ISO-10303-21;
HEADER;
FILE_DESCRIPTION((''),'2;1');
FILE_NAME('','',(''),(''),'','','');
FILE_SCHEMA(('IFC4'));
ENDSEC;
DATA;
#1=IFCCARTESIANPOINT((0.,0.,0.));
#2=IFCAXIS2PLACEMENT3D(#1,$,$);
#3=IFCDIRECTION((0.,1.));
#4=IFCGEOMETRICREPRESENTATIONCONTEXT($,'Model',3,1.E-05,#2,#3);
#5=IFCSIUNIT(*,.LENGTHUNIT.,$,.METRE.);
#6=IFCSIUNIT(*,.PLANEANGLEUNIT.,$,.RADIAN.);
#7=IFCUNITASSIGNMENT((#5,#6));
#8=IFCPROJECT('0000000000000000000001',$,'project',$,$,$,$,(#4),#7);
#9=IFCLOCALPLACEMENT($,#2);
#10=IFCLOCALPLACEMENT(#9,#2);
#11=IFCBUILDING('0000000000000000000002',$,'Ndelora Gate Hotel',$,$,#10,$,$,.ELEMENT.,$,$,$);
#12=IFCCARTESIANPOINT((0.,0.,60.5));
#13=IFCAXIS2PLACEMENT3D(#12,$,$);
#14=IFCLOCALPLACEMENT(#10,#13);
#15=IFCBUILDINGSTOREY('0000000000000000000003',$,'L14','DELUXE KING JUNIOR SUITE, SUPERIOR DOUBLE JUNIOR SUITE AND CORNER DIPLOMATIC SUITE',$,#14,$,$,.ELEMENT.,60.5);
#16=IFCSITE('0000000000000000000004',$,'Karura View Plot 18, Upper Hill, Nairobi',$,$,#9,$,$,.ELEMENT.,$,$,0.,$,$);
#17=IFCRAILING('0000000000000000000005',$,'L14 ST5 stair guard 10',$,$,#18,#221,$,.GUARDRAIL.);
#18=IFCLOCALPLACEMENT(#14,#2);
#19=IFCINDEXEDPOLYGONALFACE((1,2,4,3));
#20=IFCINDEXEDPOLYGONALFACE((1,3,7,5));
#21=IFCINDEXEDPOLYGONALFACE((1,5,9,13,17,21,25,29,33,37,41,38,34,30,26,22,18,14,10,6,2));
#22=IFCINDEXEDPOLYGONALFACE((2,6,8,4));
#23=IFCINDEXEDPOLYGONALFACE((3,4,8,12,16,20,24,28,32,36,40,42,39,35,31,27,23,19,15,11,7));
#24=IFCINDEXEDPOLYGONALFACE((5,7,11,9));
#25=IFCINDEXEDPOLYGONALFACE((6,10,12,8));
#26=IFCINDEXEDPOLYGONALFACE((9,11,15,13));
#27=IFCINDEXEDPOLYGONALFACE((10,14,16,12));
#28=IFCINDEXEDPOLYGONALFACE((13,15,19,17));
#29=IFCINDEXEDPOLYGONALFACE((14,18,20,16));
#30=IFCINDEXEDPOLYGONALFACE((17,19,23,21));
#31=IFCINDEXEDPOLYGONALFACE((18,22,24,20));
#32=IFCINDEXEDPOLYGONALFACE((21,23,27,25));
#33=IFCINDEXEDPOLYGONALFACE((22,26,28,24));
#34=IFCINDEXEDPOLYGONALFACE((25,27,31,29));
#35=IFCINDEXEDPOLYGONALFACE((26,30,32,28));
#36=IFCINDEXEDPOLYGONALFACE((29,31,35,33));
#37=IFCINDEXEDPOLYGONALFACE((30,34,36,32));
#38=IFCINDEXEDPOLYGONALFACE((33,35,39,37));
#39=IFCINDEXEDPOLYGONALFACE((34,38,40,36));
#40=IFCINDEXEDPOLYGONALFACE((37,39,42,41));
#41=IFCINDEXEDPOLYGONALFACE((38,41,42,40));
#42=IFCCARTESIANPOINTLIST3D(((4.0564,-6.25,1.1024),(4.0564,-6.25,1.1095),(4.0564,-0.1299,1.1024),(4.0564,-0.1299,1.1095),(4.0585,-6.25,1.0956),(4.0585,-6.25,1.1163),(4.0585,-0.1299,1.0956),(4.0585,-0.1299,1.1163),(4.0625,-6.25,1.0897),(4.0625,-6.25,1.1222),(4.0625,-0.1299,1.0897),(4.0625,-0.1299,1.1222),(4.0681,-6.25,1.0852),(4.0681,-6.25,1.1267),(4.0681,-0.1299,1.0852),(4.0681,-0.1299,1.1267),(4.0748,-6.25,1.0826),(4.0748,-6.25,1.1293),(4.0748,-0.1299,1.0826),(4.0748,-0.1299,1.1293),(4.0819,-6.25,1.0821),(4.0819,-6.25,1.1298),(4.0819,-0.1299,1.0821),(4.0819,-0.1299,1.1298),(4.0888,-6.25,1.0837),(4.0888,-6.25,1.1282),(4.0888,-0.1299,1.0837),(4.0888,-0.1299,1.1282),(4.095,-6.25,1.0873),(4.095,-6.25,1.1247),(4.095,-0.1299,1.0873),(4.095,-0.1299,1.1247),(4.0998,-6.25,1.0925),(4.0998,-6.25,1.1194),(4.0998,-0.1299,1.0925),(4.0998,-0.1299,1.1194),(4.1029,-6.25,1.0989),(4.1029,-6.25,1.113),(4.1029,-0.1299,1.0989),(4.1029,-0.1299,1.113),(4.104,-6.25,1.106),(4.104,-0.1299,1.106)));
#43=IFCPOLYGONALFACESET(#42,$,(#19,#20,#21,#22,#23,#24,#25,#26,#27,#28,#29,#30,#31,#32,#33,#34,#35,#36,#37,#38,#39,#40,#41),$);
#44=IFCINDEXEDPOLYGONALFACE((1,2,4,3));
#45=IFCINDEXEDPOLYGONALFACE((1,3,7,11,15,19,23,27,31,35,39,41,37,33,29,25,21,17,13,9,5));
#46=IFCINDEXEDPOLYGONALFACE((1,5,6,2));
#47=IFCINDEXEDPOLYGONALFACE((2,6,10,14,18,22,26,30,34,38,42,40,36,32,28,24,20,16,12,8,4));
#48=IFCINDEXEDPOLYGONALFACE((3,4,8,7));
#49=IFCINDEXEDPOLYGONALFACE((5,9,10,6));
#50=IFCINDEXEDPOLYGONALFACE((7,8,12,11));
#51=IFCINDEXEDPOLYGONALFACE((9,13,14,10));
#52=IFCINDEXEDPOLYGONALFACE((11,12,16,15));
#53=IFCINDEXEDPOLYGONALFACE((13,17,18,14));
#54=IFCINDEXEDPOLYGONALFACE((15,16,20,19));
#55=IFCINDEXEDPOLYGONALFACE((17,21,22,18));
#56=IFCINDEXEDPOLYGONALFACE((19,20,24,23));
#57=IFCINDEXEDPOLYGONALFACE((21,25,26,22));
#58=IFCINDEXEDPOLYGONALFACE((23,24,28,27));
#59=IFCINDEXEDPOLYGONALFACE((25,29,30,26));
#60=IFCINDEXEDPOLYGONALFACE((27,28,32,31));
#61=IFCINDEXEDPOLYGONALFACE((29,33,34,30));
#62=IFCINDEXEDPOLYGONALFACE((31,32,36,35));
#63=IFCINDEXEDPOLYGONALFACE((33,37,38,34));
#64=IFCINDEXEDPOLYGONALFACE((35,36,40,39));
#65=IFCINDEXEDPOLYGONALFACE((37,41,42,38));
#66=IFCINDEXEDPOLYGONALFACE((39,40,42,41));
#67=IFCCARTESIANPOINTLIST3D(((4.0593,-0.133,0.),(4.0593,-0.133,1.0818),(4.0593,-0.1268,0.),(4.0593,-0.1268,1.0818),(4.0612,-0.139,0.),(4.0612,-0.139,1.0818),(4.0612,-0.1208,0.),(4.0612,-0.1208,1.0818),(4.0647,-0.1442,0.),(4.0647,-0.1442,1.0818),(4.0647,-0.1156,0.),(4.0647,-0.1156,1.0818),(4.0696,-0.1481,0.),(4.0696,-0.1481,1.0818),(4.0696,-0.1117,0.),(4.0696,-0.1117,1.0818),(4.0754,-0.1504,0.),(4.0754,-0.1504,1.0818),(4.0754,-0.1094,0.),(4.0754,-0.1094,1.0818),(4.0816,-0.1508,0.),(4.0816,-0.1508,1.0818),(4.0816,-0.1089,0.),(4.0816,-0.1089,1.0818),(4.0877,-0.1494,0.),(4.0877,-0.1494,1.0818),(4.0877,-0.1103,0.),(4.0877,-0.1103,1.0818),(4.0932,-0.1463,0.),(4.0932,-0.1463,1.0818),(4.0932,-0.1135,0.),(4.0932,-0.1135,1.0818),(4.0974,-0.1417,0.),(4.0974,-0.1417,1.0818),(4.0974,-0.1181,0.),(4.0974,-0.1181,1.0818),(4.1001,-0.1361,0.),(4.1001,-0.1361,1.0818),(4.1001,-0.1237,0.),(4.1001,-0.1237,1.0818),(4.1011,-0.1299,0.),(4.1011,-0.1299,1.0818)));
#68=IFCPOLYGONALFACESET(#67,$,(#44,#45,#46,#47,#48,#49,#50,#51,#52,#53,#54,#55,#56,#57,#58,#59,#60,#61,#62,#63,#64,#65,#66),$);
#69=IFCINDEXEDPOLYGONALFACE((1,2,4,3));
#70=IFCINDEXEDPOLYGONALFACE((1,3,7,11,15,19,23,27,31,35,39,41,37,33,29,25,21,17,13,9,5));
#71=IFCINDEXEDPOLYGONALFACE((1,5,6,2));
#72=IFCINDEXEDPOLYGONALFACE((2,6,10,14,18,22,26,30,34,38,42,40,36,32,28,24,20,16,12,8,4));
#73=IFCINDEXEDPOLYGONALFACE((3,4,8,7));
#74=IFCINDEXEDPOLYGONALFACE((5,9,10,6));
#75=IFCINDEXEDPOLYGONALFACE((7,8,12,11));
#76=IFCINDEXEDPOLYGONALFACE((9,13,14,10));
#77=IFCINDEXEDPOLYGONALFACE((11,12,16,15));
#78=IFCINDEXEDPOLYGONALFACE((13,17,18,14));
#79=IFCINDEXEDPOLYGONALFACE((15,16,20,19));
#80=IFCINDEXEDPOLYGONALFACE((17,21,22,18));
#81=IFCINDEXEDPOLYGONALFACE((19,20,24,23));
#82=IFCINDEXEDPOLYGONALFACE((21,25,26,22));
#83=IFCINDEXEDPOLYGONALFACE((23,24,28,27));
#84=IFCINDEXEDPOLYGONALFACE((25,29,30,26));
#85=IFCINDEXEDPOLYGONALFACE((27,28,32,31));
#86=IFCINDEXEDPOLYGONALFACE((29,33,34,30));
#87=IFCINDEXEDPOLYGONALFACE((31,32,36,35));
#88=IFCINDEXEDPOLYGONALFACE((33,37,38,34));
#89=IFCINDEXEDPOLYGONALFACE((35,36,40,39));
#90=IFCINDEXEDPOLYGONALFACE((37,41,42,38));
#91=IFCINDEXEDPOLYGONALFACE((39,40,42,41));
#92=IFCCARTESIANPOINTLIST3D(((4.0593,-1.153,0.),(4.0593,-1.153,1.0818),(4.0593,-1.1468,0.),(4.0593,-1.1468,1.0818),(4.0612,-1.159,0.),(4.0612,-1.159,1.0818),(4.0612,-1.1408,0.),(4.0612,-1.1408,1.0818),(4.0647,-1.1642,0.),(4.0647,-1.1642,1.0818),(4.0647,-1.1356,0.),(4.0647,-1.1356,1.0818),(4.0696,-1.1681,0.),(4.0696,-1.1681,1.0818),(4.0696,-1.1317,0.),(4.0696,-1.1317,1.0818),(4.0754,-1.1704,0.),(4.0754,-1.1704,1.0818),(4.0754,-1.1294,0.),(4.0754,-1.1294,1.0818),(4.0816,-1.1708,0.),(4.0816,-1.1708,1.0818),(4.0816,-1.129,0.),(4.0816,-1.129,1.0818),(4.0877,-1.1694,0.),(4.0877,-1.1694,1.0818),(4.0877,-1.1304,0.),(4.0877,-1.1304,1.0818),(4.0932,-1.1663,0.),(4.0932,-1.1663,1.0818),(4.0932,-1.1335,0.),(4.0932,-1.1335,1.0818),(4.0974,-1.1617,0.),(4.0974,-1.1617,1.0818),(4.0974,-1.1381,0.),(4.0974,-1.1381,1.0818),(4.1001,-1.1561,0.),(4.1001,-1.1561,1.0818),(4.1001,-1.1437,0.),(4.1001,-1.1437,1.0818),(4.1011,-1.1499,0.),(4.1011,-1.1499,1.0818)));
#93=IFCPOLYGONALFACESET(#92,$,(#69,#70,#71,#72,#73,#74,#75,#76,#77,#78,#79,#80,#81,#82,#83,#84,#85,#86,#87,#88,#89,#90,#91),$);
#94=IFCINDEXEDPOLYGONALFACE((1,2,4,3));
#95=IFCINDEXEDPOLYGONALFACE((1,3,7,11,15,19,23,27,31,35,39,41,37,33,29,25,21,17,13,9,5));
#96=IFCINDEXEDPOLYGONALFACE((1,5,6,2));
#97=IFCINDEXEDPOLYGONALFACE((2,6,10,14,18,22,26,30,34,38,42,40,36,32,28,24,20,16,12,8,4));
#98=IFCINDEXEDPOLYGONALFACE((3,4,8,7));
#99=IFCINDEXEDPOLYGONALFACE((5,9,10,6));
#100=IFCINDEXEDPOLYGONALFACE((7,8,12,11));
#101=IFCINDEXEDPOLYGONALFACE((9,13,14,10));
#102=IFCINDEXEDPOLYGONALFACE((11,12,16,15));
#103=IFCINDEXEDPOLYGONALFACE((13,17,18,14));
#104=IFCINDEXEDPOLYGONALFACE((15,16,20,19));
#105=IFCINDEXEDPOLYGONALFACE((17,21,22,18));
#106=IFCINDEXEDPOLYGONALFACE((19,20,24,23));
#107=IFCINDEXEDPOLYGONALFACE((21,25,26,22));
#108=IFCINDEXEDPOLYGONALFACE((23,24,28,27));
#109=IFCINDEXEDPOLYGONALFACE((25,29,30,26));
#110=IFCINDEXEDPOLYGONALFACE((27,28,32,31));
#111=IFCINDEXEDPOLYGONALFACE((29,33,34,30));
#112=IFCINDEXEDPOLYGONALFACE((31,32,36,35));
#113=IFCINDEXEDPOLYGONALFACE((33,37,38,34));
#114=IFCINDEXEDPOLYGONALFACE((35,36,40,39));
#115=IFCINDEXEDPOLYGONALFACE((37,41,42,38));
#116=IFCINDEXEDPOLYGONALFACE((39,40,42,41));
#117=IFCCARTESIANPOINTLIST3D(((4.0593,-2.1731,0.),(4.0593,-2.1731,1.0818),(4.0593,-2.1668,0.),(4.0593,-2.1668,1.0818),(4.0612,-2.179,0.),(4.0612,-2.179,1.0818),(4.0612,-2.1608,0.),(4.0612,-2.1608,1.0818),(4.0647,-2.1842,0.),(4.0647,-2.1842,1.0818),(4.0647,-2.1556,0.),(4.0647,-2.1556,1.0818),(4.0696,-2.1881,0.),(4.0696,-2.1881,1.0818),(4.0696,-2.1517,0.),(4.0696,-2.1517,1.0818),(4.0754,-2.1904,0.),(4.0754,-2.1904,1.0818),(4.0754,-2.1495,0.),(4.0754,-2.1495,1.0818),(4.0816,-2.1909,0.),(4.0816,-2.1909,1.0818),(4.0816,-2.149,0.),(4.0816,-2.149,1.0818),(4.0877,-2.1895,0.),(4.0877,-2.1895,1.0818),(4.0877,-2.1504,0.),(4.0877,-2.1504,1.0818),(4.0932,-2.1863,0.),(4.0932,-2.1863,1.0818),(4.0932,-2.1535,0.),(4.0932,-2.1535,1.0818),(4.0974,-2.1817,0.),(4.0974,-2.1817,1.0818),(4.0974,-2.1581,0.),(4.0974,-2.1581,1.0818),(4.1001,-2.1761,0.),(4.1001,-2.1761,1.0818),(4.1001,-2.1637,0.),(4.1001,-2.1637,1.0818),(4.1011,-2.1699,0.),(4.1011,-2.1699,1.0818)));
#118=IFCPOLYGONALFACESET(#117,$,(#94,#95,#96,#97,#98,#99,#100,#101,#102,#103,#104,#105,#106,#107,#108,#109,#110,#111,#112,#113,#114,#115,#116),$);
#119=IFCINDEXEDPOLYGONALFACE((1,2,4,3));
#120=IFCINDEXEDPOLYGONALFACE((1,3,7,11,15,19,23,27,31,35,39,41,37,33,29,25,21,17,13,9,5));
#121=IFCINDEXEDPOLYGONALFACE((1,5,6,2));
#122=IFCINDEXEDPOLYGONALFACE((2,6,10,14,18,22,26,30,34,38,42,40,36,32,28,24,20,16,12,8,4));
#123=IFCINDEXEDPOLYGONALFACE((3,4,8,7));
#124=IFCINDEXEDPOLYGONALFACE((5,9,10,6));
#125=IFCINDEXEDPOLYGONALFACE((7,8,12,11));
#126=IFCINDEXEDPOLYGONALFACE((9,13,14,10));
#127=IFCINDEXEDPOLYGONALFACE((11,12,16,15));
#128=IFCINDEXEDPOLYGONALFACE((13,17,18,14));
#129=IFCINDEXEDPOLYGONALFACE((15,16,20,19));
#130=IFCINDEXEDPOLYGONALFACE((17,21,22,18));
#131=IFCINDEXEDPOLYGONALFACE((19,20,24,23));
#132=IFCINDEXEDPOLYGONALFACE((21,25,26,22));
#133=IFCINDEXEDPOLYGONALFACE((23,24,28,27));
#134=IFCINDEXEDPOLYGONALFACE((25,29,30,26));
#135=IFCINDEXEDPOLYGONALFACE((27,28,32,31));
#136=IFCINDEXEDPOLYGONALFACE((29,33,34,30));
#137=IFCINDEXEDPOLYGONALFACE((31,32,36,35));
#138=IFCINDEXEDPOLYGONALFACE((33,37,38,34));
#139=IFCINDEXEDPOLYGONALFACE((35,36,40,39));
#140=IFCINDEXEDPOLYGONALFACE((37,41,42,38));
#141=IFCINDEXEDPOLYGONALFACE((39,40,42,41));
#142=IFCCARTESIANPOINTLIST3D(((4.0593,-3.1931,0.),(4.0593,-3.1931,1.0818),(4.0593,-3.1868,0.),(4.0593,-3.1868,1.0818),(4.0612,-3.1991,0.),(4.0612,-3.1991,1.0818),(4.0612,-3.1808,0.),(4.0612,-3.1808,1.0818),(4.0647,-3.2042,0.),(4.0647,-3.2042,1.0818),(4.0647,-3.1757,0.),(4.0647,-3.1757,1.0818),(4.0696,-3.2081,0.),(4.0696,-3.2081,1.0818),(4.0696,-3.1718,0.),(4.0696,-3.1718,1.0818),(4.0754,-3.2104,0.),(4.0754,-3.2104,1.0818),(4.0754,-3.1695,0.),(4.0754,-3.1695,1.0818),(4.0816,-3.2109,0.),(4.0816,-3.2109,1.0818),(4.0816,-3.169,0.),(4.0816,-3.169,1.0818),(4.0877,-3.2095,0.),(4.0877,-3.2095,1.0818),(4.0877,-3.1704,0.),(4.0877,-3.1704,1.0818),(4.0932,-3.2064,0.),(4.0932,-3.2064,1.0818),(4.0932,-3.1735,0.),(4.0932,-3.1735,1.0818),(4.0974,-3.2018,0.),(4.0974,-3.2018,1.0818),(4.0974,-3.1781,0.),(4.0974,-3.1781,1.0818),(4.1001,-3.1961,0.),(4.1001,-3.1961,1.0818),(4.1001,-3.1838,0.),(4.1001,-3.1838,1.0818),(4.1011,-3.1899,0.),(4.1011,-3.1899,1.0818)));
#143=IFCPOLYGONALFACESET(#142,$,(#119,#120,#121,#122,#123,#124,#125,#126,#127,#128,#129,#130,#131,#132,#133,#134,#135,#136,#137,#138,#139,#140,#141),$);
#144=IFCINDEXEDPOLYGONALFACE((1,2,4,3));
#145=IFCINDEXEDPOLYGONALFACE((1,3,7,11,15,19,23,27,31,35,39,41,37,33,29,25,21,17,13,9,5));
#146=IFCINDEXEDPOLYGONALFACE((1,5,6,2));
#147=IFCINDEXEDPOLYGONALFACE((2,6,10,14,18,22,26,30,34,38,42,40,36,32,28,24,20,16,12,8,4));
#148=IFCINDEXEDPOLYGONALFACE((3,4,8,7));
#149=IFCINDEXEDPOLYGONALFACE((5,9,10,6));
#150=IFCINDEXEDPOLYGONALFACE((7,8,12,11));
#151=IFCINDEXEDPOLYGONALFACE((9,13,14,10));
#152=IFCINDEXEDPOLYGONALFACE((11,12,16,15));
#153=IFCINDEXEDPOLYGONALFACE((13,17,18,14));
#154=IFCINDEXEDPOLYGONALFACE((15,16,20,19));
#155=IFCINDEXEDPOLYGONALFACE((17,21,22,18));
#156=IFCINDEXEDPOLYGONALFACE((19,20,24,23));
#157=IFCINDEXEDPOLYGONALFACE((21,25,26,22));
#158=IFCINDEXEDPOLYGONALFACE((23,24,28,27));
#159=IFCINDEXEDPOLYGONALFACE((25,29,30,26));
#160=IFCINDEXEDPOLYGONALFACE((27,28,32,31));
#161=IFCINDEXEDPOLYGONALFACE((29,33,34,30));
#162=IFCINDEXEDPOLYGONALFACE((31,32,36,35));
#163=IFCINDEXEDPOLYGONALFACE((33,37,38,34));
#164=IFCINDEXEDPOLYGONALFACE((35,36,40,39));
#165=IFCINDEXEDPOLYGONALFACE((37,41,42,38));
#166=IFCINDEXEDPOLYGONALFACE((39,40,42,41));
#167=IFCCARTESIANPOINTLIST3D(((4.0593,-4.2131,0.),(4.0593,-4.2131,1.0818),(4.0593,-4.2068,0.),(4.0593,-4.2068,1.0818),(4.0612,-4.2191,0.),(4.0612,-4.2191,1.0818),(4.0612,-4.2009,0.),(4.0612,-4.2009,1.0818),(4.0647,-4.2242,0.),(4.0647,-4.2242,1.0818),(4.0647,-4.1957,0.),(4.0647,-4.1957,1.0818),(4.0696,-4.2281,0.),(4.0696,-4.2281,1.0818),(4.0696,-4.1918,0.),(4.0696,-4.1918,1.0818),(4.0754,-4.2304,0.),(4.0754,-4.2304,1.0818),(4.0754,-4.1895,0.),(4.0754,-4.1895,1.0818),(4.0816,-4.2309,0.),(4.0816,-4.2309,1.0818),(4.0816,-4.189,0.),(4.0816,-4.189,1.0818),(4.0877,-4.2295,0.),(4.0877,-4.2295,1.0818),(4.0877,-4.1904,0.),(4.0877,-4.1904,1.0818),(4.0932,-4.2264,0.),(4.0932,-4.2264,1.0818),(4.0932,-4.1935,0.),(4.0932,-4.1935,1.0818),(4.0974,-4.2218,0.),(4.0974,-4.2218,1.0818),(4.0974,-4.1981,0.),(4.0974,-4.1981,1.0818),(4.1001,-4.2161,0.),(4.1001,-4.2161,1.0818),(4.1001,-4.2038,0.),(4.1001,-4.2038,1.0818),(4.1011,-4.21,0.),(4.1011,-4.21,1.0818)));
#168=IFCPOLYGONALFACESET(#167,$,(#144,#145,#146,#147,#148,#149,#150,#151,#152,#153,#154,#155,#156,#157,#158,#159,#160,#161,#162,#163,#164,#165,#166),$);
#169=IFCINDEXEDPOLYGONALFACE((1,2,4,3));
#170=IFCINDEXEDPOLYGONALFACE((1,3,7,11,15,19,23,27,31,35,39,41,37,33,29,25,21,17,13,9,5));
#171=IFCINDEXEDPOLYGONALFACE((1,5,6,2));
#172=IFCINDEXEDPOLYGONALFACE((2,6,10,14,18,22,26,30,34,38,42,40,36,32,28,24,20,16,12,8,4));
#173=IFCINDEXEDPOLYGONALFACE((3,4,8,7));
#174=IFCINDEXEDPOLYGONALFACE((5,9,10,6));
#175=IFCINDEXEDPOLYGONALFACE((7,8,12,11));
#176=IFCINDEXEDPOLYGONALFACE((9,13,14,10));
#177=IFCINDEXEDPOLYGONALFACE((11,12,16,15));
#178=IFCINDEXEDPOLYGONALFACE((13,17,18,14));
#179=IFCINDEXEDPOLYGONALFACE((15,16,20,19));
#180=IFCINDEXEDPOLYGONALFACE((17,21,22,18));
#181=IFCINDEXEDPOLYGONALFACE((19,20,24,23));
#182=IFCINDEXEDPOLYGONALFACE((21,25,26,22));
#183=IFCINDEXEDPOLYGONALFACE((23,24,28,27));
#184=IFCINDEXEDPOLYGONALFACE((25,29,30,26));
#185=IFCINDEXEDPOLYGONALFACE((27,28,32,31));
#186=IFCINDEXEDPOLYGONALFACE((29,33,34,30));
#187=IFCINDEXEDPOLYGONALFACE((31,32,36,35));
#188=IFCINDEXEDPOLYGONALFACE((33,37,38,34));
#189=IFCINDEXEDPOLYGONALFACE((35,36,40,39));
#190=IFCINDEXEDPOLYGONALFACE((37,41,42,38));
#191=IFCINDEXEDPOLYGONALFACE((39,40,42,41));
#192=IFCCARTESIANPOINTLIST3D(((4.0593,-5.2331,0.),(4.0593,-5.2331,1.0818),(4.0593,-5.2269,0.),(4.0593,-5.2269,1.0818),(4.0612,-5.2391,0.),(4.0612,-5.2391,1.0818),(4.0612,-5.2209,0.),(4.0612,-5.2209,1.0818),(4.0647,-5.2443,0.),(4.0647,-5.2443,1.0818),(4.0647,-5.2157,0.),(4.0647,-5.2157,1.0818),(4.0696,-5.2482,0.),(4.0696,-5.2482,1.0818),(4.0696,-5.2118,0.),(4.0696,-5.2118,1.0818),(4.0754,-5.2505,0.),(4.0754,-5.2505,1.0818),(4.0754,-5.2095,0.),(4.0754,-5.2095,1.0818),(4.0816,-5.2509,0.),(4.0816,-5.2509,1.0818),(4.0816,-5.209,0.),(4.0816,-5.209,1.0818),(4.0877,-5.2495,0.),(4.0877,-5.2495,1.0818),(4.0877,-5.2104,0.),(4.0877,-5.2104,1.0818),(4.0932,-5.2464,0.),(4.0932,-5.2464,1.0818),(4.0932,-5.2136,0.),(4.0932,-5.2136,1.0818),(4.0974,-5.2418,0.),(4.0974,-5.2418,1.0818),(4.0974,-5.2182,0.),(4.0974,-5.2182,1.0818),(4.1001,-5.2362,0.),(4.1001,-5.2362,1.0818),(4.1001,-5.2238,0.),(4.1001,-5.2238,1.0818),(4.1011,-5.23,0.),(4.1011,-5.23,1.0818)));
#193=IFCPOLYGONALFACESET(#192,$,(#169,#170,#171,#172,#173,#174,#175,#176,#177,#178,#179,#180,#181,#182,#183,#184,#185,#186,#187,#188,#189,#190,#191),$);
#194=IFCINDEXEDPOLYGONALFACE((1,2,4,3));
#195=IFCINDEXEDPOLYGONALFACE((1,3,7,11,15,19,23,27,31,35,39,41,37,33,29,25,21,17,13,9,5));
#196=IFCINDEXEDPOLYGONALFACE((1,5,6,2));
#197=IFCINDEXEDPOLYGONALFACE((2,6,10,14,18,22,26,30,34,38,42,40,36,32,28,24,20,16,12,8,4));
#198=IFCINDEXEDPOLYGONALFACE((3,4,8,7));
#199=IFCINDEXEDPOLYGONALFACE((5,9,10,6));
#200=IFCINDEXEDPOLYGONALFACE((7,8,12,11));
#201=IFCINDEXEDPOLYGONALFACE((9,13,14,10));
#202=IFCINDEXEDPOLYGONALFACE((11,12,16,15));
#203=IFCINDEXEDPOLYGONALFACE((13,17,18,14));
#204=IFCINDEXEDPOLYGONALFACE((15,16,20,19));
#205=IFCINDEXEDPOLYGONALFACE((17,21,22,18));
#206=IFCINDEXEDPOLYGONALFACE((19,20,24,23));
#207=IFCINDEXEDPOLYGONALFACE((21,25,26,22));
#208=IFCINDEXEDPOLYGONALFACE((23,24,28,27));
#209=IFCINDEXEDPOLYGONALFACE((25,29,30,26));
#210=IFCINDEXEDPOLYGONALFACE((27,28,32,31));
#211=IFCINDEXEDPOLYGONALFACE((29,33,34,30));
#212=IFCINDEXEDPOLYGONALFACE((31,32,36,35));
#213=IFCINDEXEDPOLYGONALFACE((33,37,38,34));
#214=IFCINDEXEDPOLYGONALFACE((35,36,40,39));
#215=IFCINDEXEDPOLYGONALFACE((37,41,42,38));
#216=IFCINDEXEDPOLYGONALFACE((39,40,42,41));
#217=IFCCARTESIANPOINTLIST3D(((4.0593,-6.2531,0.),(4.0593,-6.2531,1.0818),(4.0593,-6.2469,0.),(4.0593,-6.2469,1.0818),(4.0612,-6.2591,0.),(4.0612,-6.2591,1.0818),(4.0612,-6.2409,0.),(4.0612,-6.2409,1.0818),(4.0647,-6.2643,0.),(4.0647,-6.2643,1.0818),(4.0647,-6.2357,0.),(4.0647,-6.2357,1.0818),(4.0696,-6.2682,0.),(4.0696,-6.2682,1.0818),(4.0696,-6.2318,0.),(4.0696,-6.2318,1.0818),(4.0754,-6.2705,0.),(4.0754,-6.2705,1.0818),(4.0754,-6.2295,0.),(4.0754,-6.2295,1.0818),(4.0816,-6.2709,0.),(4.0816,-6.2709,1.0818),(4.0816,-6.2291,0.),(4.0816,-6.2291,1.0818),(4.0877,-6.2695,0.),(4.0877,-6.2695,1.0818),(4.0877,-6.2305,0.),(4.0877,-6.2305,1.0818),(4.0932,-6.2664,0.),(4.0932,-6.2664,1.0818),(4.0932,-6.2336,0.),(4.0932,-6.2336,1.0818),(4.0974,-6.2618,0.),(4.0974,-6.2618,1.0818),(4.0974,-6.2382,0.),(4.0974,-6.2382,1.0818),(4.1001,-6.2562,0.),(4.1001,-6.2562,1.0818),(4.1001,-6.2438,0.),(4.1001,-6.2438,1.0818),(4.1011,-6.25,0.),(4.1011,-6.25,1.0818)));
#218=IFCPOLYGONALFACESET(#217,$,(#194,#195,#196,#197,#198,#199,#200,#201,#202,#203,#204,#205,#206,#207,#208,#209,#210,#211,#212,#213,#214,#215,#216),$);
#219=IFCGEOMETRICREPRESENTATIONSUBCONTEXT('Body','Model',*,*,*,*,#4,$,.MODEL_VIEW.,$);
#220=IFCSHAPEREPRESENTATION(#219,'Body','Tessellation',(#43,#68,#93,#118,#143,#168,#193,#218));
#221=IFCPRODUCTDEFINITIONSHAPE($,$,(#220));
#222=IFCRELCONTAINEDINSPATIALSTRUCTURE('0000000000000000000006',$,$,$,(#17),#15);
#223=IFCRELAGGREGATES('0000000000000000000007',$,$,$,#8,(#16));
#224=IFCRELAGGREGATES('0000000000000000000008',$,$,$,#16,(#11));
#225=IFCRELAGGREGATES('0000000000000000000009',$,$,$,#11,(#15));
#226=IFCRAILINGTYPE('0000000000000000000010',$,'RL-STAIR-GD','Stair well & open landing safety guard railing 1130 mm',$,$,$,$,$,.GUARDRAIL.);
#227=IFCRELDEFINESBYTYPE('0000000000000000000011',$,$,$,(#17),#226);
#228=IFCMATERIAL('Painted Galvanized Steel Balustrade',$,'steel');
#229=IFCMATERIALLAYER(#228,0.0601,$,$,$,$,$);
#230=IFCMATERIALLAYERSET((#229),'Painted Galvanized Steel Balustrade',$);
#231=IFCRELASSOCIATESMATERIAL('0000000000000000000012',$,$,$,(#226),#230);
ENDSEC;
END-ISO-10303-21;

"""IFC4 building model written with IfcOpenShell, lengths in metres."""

from ifc_helpers import new_model, si_unit, direction, frame, origin, origin_2d, place, context, subcontext, project, spatial, circle, extrude, material, layer, layer_set, type_object, element, save


model = new_model("IFC4")

# Units and contexts
model_context = context("Model", 3, precision=1e-05, world=origin(), true_north=direction((0.0, 1.0)))
body_context = subcontext(model_context, "Body", "Model", "MODEL_VIEW")
ifc_project = project(units=[si_unit("LENGTHUNIT", "METRE"), si_unit("PLANEANGLEUNIT", "RADIAN")], contexts=[model_context])

# Site, building, storey
site_placement = place(None, origin())
site = spatial("IfcSite", under=ifc_project, at=site_placement, Name="Karura View Plot 18, Upper Hill, Nairobi", CompositionType="ELEMENT", RefElevation=0.0)
building_placement = place(site_placement, origin())
building = spatial("IfcBuilding", under=site, at=building_placement, Name="Ndelora Gate Hotel", CompositionType="ELEMENT")
storey_placement = place(building_placement, frame((0.0, 0.0, 60.5)))
storey = spatial("IfcBuildingStorey", under=building, at=storey_placement, Name="L14", Description="DELUXE KING JUNIOR SUITE, SUPERIOR DOUBLE JUNIOR SUITE AND CORNER DIPLOMATIC SUITE", CompositionType="ELEMENT", Elevation=60.5)

# Railing
ifc_material_1 = material(Name="Painted Galvanized Steel Balustrade", Category="steel")
ifc_layer_1 = layer(ifc_material_1, 0.0601)
ifc_layer_set_1 = layer_set([ifc_layer_1], Name="Painted Galvanized Steel Balustrade")
railing_type_1 = type_object("IfcRailingType", Name="RL-STAIR-GD", Description="Stair well & open landing safety guard railing 1130 mm", PredefinedType="GUARDRAIL", material=ifc_layer_set_1)
railing_1_placement = place(storey_placement, frame((4.0801, -0.1299, 0.0)))
element("IfcRailing", 1, at=railing_1_placement, inside=storey, type_object=railing_type_1, Name="L14 ST5 stair guard 10", PredefinedType="GUARDRAIL", context=body_context, shape_type="SweptSolid", body=[
    extrude(circle(Radius=0.0239, at=origin_2d()), frame((0.0, 0.0, 1.106), z_axis=(0.0, -1.0, 0.0), x_axis=(1.0, 0.0, 0.0)), (0.0, 0.0, 1.0), 6.1201),
    extrude(circle(Radius=0.021, at=origin_2d()), origin(), (0.0, 0.0, 1.0), 1.0818),
    extrude(circle(Radius=0.021, at=origin_2d()), frame((0.0, -1.02, 0.0)), (0.0, 0.0, 1.0), 1.0818),
    extrude(circle(Radius=0.021, at=origin_2d()), frame((0.0, -2.04, 0.0)), (0.0, 0.0, 1.0), 1.0818),
    extrude(circle(Radius=0.021, at=origin_2d()), frame((0.0, -3.0601, 0.0)), (0.0, 0.0, 1.0), 1.0818),
    extrude(circle(Radius=0.021, at=origin_2d()), frame((0.0, -4.0801, 0.0)), (0.0, 0.0, 1.0), 1.0818),
    extrude(circle(Radius=0.021, at=origin_2d()), frame((0.0, -5.1001, 0.0)), (0.0, 0.0, 1.0), 1.0818),
    extrude(circle(Radius=0.021, at=origin_2d()), frame((0.0, -6.1201, 0.0)), (0.0, 0.0, 1.0), 1.0818),
])

save(model, "model.ifc")
